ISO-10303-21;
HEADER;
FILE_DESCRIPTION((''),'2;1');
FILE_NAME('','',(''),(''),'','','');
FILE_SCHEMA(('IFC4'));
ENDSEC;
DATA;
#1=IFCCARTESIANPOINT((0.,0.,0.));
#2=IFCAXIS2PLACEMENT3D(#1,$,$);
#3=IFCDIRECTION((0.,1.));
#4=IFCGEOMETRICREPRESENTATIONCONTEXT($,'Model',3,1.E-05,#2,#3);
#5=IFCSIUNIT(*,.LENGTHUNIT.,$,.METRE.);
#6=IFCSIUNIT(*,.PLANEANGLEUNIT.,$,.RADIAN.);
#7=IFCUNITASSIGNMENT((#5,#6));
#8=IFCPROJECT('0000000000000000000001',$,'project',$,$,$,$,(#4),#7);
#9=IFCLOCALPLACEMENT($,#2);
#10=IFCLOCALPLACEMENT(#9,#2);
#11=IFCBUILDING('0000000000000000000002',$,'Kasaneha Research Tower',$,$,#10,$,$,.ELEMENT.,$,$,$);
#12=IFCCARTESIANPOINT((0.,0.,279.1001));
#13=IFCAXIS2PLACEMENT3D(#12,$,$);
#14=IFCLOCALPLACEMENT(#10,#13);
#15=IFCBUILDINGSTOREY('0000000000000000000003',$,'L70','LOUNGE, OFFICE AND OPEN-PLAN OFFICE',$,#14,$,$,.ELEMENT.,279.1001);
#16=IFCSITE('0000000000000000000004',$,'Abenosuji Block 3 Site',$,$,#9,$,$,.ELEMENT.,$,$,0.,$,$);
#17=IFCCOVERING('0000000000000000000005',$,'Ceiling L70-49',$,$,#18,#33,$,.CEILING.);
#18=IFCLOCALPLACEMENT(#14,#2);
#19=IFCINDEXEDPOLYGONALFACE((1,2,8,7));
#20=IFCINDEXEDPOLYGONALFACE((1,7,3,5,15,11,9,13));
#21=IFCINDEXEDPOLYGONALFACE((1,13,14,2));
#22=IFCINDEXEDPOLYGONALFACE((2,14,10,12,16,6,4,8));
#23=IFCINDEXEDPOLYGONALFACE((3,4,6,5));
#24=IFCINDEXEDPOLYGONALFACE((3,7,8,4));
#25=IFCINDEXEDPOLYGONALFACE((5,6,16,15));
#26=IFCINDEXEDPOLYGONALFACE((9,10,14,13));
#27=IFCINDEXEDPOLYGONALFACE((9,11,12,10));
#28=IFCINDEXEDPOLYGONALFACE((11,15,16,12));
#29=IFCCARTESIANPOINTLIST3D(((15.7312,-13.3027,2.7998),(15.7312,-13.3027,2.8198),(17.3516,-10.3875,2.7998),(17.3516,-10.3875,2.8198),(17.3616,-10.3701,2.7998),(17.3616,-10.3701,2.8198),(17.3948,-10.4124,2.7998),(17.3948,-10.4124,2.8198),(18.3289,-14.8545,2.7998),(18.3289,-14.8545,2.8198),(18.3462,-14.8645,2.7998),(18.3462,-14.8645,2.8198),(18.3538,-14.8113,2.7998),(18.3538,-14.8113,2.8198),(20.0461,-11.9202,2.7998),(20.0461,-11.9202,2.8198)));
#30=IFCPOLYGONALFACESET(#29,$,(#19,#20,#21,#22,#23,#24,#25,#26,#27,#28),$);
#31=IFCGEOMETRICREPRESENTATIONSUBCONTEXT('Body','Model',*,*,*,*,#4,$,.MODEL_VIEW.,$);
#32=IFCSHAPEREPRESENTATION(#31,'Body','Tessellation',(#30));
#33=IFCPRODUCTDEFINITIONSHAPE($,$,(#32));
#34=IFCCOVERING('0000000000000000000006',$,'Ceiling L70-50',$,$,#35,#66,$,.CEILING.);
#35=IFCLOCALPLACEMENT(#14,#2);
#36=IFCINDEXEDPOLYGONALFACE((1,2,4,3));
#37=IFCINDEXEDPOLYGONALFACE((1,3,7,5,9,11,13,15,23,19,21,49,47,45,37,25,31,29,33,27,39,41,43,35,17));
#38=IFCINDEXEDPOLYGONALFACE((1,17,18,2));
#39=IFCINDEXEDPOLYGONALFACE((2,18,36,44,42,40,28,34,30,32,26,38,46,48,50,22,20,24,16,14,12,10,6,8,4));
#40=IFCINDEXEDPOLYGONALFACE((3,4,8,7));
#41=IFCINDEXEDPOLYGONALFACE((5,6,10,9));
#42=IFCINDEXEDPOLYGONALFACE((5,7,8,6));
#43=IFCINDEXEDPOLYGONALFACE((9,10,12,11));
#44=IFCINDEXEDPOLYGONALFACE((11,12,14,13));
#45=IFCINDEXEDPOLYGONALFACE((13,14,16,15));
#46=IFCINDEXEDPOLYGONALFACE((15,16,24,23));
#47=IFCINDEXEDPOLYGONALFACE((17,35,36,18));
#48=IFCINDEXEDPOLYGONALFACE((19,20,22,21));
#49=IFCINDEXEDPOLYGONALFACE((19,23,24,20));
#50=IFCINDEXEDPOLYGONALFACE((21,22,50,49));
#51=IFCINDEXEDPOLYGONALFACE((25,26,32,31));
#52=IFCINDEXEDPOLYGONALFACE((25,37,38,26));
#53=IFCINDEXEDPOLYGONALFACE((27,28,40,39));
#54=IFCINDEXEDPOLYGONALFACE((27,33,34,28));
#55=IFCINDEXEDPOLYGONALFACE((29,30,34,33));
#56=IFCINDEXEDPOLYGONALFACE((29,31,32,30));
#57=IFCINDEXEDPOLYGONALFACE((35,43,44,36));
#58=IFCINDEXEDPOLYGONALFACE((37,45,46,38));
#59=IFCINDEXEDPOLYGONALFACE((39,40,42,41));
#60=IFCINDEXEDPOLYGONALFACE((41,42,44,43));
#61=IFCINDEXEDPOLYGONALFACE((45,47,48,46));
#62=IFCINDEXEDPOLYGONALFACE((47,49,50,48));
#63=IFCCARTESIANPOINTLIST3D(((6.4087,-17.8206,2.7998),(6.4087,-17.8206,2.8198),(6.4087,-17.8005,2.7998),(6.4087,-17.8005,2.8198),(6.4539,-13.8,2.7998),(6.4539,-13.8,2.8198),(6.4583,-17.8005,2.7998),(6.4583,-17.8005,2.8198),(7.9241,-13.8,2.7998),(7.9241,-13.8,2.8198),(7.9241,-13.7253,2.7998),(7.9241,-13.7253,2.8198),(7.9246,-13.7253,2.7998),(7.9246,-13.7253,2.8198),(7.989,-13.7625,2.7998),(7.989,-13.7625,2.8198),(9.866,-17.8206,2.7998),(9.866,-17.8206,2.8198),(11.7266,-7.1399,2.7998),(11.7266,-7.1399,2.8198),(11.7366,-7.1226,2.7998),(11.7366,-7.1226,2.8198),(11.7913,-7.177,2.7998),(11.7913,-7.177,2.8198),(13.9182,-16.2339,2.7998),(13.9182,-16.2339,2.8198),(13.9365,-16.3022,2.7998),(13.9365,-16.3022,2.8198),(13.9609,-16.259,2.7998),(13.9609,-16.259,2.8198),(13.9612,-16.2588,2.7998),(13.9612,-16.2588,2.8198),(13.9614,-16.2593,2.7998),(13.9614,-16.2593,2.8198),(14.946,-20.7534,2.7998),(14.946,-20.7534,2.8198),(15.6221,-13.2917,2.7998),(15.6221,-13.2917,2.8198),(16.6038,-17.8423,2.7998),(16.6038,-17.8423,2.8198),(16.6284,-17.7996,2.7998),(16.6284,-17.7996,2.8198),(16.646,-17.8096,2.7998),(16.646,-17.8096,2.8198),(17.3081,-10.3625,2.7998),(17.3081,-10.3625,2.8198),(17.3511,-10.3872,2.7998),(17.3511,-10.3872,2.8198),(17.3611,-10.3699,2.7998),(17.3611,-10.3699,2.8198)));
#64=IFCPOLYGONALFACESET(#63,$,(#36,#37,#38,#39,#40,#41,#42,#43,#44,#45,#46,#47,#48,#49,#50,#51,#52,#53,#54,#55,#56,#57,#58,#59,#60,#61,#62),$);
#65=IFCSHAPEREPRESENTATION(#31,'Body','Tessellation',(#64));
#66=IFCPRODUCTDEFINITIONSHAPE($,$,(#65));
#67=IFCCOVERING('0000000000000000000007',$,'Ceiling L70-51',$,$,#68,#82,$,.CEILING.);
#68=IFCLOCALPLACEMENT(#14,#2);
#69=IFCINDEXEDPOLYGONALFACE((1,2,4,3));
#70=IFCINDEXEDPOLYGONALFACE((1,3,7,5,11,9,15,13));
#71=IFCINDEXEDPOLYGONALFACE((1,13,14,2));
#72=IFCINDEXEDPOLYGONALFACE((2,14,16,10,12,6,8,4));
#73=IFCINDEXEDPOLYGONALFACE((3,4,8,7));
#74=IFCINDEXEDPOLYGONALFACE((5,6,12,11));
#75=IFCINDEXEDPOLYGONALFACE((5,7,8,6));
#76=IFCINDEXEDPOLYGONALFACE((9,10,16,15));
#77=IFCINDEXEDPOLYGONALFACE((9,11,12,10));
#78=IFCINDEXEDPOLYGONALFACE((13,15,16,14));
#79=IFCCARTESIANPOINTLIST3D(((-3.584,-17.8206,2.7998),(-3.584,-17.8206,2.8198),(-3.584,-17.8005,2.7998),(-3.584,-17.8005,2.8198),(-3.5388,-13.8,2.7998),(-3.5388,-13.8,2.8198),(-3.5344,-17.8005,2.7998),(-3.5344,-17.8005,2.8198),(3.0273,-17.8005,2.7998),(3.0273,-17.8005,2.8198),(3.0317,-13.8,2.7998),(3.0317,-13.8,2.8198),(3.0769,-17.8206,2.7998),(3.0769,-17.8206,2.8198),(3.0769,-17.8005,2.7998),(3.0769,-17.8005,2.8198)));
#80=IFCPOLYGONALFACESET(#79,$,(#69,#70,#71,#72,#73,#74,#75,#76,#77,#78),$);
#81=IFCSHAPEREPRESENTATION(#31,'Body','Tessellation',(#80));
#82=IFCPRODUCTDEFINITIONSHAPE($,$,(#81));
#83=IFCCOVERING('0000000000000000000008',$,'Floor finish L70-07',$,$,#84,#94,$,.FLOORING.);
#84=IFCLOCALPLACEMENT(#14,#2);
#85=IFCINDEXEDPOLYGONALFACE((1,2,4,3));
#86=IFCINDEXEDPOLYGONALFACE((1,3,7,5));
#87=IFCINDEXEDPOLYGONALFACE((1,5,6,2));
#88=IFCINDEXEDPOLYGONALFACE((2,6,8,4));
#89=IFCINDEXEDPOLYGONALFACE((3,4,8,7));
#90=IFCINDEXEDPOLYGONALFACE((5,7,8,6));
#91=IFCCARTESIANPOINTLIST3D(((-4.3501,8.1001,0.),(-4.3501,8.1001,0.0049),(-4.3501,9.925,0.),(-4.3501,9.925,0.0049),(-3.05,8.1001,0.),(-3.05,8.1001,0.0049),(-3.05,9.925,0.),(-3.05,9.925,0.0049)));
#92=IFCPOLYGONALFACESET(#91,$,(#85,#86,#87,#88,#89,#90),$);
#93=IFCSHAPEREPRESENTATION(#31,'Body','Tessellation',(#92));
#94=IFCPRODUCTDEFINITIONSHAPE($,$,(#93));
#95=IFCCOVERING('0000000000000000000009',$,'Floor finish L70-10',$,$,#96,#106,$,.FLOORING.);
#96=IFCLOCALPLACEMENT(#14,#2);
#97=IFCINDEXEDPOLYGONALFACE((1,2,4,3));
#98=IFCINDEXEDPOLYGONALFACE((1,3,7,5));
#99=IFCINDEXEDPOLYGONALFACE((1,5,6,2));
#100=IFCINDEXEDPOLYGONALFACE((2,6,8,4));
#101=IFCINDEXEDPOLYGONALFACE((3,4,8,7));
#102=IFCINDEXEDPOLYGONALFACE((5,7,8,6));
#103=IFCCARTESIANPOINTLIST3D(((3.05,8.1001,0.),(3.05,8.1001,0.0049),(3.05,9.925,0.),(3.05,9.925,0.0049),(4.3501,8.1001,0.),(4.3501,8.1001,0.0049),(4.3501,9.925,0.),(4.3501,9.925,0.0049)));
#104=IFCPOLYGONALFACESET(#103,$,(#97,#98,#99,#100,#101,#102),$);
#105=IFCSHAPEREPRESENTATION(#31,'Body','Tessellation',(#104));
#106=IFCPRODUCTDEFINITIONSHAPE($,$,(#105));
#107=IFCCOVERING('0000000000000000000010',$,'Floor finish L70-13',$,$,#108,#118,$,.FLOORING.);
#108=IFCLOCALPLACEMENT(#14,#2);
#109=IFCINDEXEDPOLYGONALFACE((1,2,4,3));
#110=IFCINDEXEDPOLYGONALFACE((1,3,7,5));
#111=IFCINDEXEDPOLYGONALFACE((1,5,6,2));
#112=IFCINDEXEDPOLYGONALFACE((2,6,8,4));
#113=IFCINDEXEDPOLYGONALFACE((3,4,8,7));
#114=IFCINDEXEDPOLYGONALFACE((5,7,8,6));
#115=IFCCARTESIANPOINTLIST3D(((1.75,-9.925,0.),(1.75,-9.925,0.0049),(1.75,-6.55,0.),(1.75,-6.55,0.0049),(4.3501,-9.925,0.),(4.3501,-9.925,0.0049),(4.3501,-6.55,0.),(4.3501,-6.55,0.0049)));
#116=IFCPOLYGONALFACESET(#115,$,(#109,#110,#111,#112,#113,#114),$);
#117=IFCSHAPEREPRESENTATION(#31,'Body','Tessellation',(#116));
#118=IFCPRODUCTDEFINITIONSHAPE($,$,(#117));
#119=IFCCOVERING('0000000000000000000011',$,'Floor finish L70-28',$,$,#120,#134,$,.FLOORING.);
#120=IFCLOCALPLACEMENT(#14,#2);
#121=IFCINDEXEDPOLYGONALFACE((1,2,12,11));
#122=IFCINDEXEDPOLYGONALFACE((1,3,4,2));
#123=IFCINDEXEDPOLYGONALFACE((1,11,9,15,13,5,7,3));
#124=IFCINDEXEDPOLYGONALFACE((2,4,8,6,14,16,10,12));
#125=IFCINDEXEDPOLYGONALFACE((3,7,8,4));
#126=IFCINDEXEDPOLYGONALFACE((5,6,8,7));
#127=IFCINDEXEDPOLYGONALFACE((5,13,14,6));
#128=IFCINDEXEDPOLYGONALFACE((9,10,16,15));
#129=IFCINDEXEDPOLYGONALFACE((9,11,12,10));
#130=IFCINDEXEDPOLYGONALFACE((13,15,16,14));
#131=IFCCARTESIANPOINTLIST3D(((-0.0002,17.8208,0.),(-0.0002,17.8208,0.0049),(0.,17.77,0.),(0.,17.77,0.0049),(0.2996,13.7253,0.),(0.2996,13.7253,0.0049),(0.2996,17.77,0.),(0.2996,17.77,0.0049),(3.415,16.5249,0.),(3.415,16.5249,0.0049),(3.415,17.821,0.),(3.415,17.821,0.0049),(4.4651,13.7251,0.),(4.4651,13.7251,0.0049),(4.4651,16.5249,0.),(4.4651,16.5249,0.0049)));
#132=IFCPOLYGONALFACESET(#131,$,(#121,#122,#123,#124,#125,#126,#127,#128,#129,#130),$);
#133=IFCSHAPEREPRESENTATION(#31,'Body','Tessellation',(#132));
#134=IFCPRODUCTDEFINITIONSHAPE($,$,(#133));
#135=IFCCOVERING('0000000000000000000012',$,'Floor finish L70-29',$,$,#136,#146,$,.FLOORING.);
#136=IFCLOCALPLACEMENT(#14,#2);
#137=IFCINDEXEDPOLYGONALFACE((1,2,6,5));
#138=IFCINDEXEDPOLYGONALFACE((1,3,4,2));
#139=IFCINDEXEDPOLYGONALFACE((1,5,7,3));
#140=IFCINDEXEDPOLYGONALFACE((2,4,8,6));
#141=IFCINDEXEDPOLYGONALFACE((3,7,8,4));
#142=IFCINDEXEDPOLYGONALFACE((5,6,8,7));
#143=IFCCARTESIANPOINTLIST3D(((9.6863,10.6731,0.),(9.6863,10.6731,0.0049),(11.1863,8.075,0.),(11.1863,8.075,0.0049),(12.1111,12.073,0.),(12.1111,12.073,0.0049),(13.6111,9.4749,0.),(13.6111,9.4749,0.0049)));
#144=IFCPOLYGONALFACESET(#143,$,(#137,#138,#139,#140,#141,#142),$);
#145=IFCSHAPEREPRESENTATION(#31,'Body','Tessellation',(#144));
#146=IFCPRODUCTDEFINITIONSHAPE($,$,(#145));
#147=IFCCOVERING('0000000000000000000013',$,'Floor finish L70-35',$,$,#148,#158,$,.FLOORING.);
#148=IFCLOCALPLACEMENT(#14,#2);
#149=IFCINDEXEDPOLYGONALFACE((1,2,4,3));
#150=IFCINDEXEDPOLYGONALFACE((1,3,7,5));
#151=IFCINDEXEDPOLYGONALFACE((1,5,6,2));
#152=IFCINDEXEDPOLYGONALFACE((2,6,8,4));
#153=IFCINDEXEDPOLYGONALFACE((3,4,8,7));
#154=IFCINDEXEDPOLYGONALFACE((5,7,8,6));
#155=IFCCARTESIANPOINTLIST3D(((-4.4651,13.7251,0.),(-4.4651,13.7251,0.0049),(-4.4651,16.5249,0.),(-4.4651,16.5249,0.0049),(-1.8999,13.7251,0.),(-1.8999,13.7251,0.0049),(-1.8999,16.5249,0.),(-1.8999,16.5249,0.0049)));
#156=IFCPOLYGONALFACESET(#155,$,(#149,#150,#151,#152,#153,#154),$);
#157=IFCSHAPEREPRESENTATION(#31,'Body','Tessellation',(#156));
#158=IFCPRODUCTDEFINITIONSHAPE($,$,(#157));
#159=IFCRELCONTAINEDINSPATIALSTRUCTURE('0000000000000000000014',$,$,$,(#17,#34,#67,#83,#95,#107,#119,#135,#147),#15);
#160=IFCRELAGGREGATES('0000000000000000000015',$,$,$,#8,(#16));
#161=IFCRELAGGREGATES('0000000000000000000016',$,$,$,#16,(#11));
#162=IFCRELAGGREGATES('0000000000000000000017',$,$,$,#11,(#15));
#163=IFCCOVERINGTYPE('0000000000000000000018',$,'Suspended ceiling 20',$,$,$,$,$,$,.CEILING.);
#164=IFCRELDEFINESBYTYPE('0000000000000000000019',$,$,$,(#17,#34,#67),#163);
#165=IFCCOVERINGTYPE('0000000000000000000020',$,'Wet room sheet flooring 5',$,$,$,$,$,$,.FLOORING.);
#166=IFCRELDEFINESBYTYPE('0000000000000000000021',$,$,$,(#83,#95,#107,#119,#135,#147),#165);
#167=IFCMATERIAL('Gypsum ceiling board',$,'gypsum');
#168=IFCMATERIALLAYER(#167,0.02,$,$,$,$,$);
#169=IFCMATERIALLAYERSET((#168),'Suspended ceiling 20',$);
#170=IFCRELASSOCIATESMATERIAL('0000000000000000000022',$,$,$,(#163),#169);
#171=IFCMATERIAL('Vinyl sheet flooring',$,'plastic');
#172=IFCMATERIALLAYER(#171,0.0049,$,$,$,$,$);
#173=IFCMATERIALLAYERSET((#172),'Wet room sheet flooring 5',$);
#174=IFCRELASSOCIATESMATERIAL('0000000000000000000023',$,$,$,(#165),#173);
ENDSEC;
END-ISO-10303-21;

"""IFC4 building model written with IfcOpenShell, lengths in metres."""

from ifc_helpers import new_model, si_unit, direction, frame, origin, place, context, subcontext, project, spatial, polyline, outline, extrude, material, layer, layer_set, type_object, element, save


model = new_model("IFC4")

# Units and contexts
model_context = context("Model", 3, precision=1e-05, world=origin(), true_north=direction((0.0, 1.0)))
body_context = subcontext(model_context, "Body", "Model", "MODEL_VIEW")
ifc_project = project(units=[si_unit("LENGTHUNIT", "METRE"), si_unit("PLANEANGLEUNIT", "RADIAN")], contexts=[model_context])

# Site, building, storey
site_placement = place(None, origin())
site = spatial("IfcSite", under=ifc_project, at=site_placement, Name="Abenosuji Block 3 Site", CompositionType="ELEMENT", RefElevation=0.0)
building_placement = place(site_placement, origin())
building = spatial("IfcBuilding", under=site, at=building_placement, Name="Kasaneha Research Tower", CompositionType="ELEMENT")
storey_placement = place(building_placement, frame((0.0, 0.0, 279.1001)))
storey = spatial("IfcBuildingStorey", under=building, at=storey_placement, Name="L70", Description="LOUNGE, OFFICE AND OPEN-PLAN OFFICE", CompositionType="ELEMENT", Elevation=279.1001)

# Coverings
ifc_material_1 = material(Name="Gypsum ceiling board", Category="gypsum")
ifc_layer_1 = layer(ifc_material_1, 0.02)
ifc_layer_set_1 = layer_set([ifc_layer_1], Name="Suspended ceiling 20")
covering_type_1 = type_object("IfcCoveringType", Name="Suspended ceiling 20", PredefinedType="CEILING", material=ifc_layer_set_1)
covering_1_placement = place(storey_placement, frame((0.0, 0.0, 2.7998)))
element("IfcCovering", 1, at=covering_1_placement, inside=storey, type_object=covering_type_1, Name="Ceiling L70-49", PredefinedType="CEILING", context=body_context, shape_type="SweptSolid", body=[
    extrude(outline(polyline([(18.3462, -14.8645), (18.3289, -14.8545), (18.3538, -14.8113), (15.7312, -13.3027), (17.3948, -10.4124), (17.3516, -10.3875), (17.3616, -10.3701), (20.0461, -11.9202), (18.3462, -14.8645)])), origin(), (0.0, 0.0, 1.0), 0.02),
])
covering_2_placement = place(storey_placement, frame((0.0, 0.0, 2.7998)))
element("IfcCovering", 2, at=covering_2_placement, inside=storey, type_object=covering_type_1, Name="Ceiling L70-50", PredefinedType="CEILING", context=body_context, shape_type="SweptSolid", body=[
    extrude(outline(polyline([(13.9614, -16.2593), (13.9365, -16.3022), (16.6038, -17.8423), (16.6284, -17.7996), (16.646, -17.8096), (14.946, -20.7534), (9.866, -17.8206), (6.4087, -17.8206), (6.4087, -17.8005), (6.4583, -17.8005), (6.4539, -13.8), (7.9241, -13.8), (7.9241, -13.7253), (7.9246, -13.7253), (7.9246, -13.7253), (7.989, -13.7625), (11.7913, -7.177), (11.7266, -7.1399), (11.7366, -7.1226), (17.3611, -10.3699), (17.3511, -10.3872), (17.3081, -10.3625), (15.6221, -13.2917), (13.9182, -16.2339), (13.9612, -16.2588), (13.9609, -16.259), (13.9614, -16.2593)])), origin(), (0.0, 0.0, 1.0), 0.02),
])
covering_3_placement = place(storey_placement, frame((0.0, 0.0, 2.7998)))
element("IfcCovering", 3, at=covering_3_placement, inside=storey, type_object=covering_type_1, Name="Ceiling L70-51", PredefinedType="CEILING", context=body_context, shape_type="SweptSolid", body=[
    extrude(outline(polyline([(3.0769, -17.8206), (-3.584, -17.8206), (-3.584, -17.8005), (-3.5344, -17.8005), (-3.5388, -13.8), (3.0317, -13.8), (3.0273, -17.8005), (3.0769, -17.8005), (3.0769, -17.8206)])), origin(), (0.0, 0.0, 1.0), 0.02),
])
ifc_material_2 = material(Name="Vinyl sheet flooring", Category="plastic")
ifc_layer_2 = layer(ifc_material_2, 0.0049)
ifc_layer_set_2 = layer_set([ifc_layer_2], Name="Wet room sheet flooring 5")
covering_type_2 = type_object("IfcCoveringType", Name="Wet room sheet flooring 5", PredefinedType="FLOORING", material=ifc_layer_set_2)
covering_4_placement = place(storey_placement, origin())
element("IfcCovering", 4, at=covering_4_placement, inside=storey, type_object=covering_type_2, Name="Floor finish L70-07", PredefinedType="FLOORING", context=body_context, shape_type="SweptSolid", body=[
    extrude(outline(polyline([(-4.3501, 8.1001), (-4.3501, 9.925), (-3.05, 9.925), (-3.05, 8.1001), (-4.3501, 8.1001)])), origin(), (0.0, 0.0, 1.0), 0.0049),
])
covering_5_placement = place(storey_placement, origin())
element("IfcCovering", 5, at=covering_5_placement, inside=storey, type_object=covering_type_2, Name="Floor finish L70-10", PredefinedType="FLOORING", context=body_context, shape_type="SweptSolid", body=[
    extrude(outline(polyline([(4.3501, 8.1001), (3.05, 8.1001), (3.05, 9.925), (4.3501, 9.925), (4.3501, 8.1001)])), origin(), (0.0, 0.0, 1.0), 0.0049),
])
covering_6_placement = place(storey_placement, origin())
element("IfcCovering", 6, at=covering_6_placement, inside=storey, type_object=covering_type_2, Name="Floor finish L70-13", PredefinedType="FLOORING", context=body_context, shape_type="SweptSolid", body=[
    extrude(outline(polyline([(1.75, -9.925), (1.75, -6.55), (4.3501, -6.55), (4.3501, -9.925), (1.75, -9.925)])), origin(), (0.0, 0.0, 1.0), 0.0049),
])
covering_7_placement = place(storey_placement, origin())
element("IfcCovering", 7, at=covering_7_placement, inside=storey, type_object=covering_type_2, Name="Floor finish L70-28", PredefinedType="FLOORING", context=body_context, shape_type="SweptSolid", body=[
    extrude(outline(polyline([(4.4651, 16.5249), (4.4651, 13.7251), (0.2996, 13.7253), (0.2996, 17.77), (0.0, 17.77), (-0.0002, 17.8208), (3.415, 17.821), (3.415, 16.5249), (4.4651, 16.5249)])), origin(), (0.0, 0.0, 1.0), 0.0049),
])
covering_8_placement = place(storey_placement, origin())
element("IfcCovering", 8, at=covering_8_placement, inside=storey, type_object=covering_type_2, Name="Floor finish L70-29", PredefinedType="FLOORING", context=body_context, shape_type="SweptSolid", body=[
    extrude(outline(polyline([(12.1111, 12.073), (13.6111, 9.4749), (11.1863, 8.075), (9.6863, 10.6731), (12.1111, 12.073)])), origin(), (0.0, 0.0, 1.0), 0.0049),
])
covering_9_placement = place(storey_placement, origin())
element("IfcCovering", 9, at=covering_9_placement, inside=storey, type_object=covering_type_2, Name="Floor finish L70-35", PredefinedType="FLOORING", context=body_context, shape_type="SweptSolid", body=[
    extrude(outline(polyline([(-4.4651, 16.5249), (-1.8999, 16.5249), (-1.8999, 13.7251), (-4.4651, 13.7251), (-4.4651, 16.5249)])), origin(), (0.0, 0.0, 1.0), 0.0049),
])

save(model, "model.ifc")
